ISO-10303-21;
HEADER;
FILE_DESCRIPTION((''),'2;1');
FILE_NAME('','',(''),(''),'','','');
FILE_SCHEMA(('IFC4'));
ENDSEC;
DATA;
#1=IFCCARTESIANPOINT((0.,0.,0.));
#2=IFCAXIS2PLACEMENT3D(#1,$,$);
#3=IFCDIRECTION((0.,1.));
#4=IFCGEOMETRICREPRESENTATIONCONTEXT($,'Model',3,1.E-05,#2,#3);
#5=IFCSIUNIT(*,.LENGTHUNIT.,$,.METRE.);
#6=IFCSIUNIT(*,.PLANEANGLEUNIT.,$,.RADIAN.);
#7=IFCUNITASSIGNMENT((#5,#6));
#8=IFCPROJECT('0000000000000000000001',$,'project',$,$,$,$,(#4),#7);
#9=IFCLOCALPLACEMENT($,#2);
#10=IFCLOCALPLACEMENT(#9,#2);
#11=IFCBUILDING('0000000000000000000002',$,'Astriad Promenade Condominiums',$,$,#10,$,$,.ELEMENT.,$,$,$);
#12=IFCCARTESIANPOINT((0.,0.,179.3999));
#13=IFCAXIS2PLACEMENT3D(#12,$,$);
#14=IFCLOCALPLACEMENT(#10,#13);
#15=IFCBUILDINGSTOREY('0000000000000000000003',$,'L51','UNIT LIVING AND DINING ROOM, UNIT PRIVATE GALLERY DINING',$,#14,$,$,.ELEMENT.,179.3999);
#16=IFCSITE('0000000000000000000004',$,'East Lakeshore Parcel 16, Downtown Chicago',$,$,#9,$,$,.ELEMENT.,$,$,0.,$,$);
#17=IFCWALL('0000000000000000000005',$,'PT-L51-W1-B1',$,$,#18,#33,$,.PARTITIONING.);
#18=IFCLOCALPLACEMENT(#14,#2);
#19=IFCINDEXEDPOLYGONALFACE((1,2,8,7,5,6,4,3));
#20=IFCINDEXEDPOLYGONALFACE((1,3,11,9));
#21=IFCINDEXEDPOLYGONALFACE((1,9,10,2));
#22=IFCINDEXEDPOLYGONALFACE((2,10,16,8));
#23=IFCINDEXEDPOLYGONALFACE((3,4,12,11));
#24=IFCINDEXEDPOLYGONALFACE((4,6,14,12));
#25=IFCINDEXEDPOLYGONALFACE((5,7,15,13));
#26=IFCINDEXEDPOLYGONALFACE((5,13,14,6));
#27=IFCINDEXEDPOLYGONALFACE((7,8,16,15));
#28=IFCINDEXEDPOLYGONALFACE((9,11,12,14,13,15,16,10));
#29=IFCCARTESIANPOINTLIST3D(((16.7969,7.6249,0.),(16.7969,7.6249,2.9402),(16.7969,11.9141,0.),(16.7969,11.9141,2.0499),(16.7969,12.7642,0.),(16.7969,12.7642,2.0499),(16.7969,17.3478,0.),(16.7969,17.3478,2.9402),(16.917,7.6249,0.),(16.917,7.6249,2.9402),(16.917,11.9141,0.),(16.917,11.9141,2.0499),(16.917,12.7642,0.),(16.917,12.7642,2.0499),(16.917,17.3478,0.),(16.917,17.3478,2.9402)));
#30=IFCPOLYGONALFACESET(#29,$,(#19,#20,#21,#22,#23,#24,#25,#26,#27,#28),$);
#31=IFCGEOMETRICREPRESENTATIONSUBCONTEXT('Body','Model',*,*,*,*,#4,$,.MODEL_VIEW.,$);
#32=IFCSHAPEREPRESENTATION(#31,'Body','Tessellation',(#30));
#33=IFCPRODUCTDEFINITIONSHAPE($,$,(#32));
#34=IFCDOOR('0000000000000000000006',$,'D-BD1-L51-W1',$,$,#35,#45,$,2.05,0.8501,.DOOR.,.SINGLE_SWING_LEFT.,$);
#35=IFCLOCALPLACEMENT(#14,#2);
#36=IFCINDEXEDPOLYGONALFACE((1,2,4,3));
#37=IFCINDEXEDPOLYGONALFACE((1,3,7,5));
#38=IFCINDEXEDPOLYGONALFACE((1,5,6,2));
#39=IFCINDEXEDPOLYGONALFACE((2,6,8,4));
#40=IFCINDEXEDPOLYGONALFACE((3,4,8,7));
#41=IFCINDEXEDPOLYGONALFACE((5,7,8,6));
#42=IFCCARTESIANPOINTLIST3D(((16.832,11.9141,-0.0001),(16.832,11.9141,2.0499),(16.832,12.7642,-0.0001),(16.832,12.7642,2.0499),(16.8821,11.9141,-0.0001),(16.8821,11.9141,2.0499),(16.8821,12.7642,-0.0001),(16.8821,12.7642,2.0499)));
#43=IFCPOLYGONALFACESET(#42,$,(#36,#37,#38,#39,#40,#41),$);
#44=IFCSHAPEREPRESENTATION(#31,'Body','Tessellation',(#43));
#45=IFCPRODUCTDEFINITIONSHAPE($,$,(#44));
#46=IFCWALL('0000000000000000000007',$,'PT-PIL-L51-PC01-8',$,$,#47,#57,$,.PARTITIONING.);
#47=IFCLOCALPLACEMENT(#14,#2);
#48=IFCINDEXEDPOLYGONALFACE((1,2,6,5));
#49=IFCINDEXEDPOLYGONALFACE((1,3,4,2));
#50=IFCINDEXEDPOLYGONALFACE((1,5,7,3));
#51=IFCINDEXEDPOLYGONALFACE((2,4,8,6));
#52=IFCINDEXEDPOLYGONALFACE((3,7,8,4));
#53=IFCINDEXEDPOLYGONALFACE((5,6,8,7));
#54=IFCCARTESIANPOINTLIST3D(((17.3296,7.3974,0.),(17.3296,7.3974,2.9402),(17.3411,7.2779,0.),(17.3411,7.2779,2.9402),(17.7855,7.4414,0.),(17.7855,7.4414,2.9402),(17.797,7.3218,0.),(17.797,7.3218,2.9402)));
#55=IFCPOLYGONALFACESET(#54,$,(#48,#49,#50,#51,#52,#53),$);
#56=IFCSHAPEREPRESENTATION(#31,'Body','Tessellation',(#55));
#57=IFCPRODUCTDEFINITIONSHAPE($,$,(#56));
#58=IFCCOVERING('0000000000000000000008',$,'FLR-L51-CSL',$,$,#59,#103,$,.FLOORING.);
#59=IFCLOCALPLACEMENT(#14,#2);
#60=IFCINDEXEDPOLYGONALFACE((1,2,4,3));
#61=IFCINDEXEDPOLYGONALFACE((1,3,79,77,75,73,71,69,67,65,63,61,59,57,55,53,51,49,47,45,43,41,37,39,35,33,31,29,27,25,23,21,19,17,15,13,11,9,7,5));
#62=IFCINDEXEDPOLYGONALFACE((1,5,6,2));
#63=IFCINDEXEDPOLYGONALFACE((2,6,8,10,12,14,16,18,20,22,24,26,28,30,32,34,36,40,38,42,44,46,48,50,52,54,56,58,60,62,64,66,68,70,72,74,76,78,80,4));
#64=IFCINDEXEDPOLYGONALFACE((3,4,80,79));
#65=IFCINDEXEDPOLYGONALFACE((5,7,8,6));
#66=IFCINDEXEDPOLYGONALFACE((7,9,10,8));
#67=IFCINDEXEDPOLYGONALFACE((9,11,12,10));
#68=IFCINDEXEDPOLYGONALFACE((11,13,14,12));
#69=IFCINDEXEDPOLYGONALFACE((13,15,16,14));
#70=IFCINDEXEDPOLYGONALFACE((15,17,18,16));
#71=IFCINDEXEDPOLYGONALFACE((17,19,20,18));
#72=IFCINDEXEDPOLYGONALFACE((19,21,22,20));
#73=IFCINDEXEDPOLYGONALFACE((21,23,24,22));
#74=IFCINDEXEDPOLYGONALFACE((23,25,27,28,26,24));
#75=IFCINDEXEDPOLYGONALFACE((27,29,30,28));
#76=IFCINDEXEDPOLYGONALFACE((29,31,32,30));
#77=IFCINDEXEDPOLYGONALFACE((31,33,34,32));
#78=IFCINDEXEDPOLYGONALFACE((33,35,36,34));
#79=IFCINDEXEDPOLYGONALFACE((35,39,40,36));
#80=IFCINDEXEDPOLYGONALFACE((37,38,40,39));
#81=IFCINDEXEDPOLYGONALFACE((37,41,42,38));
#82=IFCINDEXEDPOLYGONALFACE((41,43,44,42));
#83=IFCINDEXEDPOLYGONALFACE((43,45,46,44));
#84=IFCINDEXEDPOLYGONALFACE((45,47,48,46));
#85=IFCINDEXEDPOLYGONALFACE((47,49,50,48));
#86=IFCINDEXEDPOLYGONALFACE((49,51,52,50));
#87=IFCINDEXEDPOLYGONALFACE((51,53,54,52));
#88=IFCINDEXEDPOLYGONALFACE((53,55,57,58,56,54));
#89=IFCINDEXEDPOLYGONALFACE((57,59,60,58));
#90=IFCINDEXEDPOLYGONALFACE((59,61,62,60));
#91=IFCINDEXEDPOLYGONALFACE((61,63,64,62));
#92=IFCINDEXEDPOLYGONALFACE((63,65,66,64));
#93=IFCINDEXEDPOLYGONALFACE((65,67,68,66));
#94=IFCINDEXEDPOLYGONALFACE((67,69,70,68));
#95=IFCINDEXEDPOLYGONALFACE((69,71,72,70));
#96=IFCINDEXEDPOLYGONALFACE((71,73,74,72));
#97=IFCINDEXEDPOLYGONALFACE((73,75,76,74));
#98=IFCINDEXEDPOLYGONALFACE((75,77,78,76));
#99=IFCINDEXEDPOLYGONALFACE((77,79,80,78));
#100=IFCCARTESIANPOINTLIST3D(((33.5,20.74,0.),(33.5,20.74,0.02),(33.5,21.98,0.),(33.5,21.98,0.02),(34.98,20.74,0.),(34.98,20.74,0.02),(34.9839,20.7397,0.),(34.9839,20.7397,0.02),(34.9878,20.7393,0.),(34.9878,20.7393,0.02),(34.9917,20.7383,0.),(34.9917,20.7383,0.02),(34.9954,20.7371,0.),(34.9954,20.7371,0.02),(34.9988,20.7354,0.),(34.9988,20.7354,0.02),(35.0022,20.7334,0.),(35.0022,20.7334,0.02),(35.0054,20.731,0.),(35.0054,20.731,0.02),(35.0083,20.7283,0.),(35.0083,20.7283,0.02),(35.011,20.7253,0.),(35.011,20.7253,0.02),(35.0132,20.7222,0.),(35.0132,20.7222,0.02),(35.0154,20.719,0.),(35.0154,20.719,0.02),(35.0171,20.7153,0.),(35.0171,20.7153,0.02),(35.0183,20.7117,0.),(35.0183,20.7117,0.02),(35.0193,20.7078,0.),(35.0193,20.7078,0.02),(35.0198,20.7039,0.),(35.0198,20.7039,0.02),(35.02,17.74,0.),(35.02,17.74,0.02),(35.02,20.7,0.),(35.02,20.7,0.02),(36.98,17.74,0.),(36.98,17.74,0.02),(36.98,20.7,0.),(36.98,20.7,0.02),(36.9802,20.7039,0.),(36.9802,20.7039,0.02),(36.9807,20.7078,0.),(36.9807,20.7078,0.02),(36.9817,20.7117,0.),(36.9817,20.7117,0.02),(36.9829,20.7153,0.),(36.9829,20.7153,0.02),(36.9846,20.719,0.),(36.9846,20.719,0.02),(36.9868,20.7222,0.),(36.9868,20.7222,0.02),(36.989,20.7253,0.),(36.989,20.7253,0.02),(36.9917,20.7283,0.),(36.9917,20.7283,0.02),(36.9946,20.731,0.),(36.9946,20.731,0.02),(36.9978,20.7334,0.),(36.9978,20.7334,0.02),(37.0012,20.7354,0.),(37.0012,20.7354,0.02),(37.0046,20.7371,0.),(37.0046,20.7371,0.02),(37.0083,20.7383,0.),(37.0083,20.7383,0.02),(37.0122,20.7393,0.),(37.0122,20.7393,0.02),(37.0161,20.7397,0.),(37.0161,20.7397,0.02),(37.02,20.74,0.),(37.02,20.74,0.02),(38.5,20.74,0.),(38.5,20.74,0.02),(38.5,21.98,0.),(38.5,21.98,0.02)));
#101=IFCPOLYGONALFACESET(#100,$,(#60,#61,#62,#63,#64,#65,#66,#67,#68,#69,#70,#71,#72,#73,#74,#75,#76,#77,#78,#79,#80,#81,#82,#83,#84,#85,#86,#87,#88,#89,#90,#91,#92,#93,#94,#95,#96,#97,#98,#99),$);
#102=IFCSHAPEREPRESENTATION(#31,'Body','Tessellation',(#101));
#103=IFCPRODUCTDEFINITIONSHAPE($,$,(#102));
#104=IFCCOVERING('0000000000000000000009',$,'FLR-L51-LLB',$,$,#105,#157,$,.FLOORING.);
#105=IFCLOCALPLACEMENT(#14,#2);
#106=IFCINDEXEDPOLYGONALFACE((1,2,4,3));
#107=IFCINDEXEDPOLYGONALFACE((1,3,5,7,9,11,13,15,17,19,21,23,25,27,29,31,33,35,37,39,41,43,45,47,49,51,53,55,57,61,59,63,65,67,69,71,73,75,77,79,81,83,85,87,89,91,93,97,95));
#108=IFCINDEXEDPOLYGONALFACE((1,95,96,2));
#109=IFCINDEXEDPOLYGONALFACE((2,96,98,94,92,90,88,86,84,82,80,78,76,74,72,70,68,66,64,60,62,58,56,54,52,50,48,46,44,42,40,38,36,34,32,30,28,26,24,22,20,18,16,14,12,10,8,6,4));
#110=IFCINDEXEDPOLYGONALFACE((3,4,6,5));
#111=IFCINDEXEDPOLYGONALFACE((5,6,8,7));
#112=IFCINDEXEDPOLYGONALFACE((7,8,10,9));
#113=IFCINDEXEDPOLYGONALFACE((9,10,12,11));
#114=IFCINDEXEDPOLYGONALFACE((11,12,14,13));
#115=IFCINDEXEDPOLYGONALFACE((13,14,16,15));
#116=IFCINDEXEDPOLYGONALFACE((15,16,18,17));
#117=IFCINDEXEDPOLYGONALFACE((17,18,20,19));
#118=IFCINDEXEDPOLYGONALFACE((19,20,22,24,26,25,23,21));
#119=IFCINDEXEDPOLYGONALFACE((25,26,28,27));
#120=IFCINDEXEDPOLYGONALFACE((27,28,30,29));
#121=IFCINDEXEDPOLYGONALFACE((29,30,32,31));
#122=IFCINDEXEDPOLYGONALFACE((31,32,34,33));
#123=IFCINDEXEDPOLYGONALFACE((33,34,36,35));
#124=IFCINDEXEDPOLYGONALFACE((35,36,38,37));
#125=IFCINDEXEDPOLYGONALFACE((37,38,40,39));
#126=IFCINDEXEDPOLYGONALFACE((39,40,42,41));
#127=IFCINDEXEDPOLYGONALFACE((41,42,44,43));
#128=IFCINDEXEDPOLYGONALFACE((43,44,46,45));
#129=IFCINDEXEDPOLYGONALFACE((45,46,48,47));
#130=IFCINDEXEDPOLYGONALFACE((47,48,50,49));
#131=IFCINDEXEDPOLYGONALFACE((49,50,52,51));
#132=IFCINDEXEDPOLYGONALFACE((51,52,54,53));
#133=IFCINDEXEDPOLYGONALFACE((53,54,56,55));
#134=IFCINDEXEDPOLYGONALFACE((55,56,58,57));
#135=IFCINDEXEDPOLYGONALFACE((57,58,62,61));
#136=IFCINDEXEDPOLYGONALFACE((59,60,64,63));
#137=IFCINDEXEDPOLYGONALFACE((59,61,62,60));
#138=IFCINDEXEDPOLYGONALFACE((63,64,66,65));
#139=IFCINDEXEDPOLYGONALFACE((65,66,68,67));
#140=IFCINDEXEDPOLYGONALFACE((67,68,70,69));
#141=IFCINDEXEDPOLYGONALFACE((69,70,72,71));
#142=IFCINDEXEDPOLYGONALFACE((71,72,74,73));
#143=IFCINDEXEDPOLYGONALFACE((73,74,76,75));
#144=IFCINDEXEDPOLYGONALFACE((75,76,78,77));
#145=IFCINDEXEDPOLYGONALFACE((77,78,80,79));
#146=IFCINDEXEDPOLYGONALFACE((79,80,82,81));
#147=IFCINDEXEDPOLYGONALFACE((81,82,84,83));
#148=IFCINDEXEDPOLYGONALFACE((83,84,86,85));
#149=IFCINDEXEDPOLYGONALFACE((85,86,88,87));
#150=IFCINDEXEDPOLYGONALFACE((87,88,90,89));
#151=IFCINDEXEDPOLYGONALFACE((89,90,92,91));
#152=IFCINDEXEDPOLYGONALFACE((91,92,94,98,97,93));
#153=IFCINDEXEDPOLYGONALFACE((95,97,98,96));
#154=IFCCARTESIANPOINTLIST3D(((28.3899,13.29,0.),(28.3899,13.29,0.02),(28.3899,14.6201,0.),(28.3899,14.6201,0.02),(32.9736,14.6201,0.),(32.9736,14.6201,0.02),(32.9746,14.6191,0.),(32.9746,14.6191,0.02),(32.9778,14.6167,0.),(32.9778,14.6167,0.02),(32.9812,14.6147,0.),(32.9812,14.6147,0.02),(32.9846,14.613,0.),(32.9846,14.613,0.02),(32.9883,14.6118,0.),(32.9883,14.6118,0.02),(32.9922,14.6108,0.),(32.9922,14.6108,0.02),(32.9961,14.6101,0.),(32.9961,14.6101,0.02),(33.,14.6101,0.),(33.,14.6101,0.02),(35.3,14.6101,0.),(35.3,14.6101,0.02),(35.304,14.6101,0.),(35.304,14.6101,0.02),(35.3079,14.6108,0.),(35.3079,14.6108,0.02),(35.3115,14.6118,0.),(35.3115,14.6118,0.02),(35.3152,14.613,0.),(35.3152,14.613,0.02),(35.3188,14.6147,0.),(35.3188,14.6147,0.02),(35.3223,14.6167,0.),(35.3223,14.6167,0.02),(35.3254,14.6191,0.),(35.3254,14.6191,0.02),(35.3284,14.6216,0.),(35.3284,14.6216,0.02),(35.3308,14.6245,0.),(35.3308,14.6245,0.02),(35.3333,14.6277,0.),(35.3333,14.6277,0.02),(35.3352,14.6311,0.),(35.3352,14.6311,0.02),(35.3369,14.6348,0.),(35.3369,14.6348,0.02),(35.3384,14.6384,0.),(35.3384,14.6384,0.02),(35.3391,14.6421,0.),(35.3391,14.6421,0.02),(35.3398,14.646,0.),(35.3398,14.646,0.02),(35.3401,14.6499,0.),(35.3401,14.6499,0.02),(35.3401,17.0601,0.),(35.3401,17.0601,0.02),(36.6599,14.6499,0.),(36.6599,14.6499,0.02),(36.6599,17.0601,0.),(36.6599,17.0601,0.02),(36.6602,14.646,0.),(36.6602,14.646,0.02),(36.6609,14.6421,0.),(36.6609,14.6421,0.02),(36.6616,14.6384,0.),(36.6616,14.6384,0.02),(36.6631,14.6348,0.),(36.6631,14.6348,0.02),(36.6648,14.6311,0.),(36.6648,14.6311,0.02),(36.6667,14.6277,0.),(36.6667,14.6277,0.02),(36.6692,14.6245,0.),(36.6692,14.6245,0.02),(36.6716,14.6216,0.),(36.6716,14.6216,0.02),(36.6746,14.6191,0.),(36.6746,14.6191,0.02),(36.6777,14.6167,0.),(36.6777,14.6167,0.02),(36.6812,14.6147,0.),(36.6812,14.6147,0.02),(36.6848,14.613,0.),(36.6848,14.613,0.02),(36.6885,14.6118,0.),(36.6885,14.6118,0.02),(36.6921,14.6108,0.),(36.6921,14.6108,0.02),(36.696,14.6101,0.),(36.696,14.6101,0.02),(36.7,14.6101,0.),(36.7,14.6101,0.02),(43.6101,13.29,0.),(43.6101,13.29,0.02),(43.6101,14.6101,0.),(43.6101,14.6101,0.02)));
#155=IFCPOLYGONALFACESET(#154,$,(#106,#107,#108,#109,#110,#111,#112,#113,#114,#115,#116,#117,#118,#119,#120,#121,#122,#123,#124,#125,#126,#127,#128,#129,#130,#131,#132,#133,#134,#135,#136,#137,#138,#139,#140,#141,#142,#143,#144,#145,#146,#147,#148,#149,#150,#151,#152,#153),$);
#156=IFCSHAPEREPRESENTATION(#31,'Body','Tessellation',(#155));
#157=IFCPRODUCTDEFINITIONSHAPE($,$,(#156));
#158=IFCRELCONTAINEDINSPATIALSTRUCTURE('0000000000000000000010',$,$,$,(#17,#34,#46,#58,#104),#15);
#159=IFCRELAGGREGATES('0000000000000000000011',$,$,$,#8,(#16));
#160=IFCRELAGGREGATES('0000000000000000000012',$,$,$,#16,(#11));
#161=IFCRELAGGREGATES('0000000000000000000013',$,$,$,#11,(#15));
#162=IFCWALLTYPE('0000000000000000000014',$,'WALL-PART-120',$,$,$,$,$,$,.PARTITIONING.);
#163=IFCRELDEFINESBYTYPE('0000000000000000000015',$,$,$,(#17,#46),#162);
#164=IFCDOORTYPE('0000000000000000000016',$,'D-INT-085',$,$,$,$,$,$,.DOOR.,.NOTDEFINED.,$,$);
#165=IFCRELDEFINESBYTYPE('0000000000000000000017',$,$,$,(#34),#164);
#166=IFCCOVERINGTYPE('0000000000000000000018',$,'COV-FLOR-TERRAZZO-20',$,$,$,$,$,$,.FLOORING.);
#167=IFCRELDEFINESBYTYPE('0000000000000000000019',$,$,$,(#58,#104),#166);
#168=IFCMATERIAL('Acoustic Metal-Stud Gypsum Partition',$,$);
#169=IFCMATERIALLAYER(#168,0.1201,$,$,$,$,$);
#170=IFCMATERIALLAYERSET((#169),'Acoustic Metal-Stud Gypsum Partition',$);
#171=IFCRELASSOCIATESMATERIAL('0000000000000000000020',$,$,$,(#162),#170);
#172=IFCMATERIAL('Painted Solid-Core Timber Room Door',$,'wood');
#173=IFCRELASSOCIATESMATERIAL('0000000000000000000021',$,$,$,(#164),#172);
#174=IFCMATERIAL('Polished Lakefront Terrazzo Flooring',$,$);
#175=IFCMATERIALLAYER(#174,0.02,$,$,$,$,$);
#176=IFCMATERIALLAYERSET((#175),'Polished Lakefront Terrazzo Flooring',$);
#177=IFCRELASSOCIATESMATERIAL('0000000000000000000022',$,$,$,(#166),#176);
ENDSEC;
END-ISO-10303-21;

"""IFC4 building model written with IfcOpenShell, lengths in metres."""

from ifc_helpers import new_model, si_unit, direction, frame, frame_2d, origin, place, context, subcontext, project, spatial, polyline, rectangle, outline, extrude, source, transform, mapped, material, layer, layer_set, type_object, type_shapes, element, fill, save


model = new_model("IFC4")

# Units and contexts
model_context = context("Model", 3, precision=1e-05, world=origin(), true_north=direction((0.0, 1.0)))
body_context = subcontext(model_context, "Body", "Model", "MODEL_VIEW")
ifc_project = project(units=[si_unit("LENGTHUNIT", "METRE"), si_unit("PLANEANGLEUNIT", "RADIAN")], contexts=[model_context])

# Site, building, storey
site_placement = place(None, origin())
site = spatial("IfcSite", under=ifc_project, at=site_placement, Name="East Lakeshore Parcel 16, Downtown Chicago", CompositionType="ELEMENT", RefElevation=0.0)
building_placement = place(site_placement, origin())
building = spatial("IfcBuilding", under=site, at=building_placement, Name="Astriad Promenade Condominiums", CompositionType="ELEMENT")
storey_placement = place(building_placement, frame((0.0, 0.0, 179.3999)))
storey = spatial("IfcBuildingStorey", under=building, at=storey_placement, Name="L51", Description="UNIT LIVING AND DINING ROOM, UNIT PRIVATE GALLERY DINING", CompositionType="ELEMENT", Elevation=179.3999)

# Shared definitions
ifc_material_1 = material(Name="Acoustic Metal-Stud Gypsum Partition")
ifc_layer_1 = layer(ifc_material_1, 0.1201)
ifc_layer_set_1 = layer_set([ifc_layer_1], Name="Acoustic Metal-Stud Gypsum Partition")
wall_type_1 = type_object("IfcWallType", Name="WALL-PART-120", PredefinedType="PARTITIONING", material=ifc_layer_set_1)

# Shared definitions
ifc_material_2 = material(Name="Painted Solid-Core Timber Room Door", Category="wood")
door_type_1 = type_object("IfcDoorType", Name="D-INT-085", OperationType="NOTDEFINED", PredefinedType="DOOR", material=ifc_material_2)
shared_shape_1 = source(origin(), body_context, "Body", "SweptSolid", [
    extrude(rectangle(XDim=0.8501, YDim=2.05, at=frame_2d((0.425, 1.0249))), frame((0.0, 0.0249, 0.0), z_axis=(0.0, -1.0, 0.0), x_axis=(1.0, 0.0, 0.0)), (0.0, 0.0, 1.0), 0.05),
])
type_shapes(door_type_1, [shared_shape_1])

# Wall, opening, door
wall_1_placement = place(storey_placement, frame((16.8569, 7.625, 0.0), z_axis=(0.0, 0.0, 1.0), x_axis=(0.0, 1.0, 0.0)))
wall_1 = element("IfcWall", 1, at=wall_1_placement, inside=storey, type_object=wall_type_1, Name="PT-L51-W1-B1", PredefinedType="PARTITIONING", context=body_context, shape_type="SweptSolid", body=[
    extrude(rectangle(XDim=9.7229, YDim=0.1201, at=frame_2d((4.8613, 0.0))), origin(), (0.0, 0.0, 1.0), 2.9402),
])
opening_1_placement = place(wall_1_placement, frame((4.2891, 0.0, 0.0)))
opening_1 = element("IfcOpeningElement", 2, at=opening_1_placement, cuts=wall_1, PredefinedType="OPENING", context=body_context, shape_type="SweptSolid", body=[
    extrude(rectangle(XDim=0.8501, YDim=2.05, at=frame_2d((0.425, 1.0249))), frame((0.0, 0.0701, 0.0), z_axis=(0.0, -1.0, 0.0), x_axis=(1.0, 0.0, 0.0)), (0.0, 0.0, 1.0), 0.1401),
])
door_1_placement = place(opening_1_placement, origin())
door_1 = element("IfcDoor", 3, at=door_1_placement, inside=storey, type_object=door_type_1, Name="D-BD1-L51-W1", OperationType="SINGLE_SWING_LEFT", OverallHeight=2.05, OverallWidth=0.8501, PredefinedType="DOOR", context=body_context, shape_type="MappedRepresentation", body=[
    mapped(shared_shape_1, transform((0.0, 0.0, 0.0), scale=1.0)),
])
fill(opening_1, door_1)

# Wall
wall_2_placement = place(storey_placement, frame((17.7913, 7.3816, 0.0), z_axis=(0.0, 0.0, 1.0), x_axis=(-0.995385, -0.095966, 0.0)))
element("IfcWall", 4, at=wall_2_placement, inside=storey, type_object=wall_type_1, Name="PT-PIL-L51-PC01-8", PredefinedType="PARTITIONING", context=body_context, shape_type="SweptSolid", body=[
    extrude(rectangle(XDim=0.458, YDim=0.1201, at=frame_2d((0.229, 0.0))), origin(), (0.0, 0.0, 1.0), 2.9402),
])

# Coverings
ifc_material_3 = material(Name="Polished Lakefront Terrazzo Flooring")
ifc_layer_2 = layer(ifc_material_3, 0.02)
ifc_layer_set_2 = layer_set([ifc_layer_2], Name="Polished Lakefront Terrazzo Flooring")
covering_type = type_object("IfcCoveringType", Name="COV-FLOR-TERRAZZO-20", PredefinedType="FLOORING", material=ifc_layer_set_2)
covering_1_placement = place(storey_placement, origin())
element("IfcCovering", 5, at=covering_1_placement, inside=storey, type_object=covering_type, Name="FLR-L51-CSL", PredefinedType="FLOORING", context=body_context, shape_type="SweptSolid", body=[
    extrude(outline(polyline([(36.98, 20.7), (36.98, 17.74), (35.02, 17.74), (35.02, 20.7), (35.0198, 20.7039), (35.0193, 20.7078), (35.0183, 20.7117), (35.0171, 20.7153), (35.0154, 20.719), (35.0132, 20.7222), (35.011, 20.7253), (35.0083, 20.7283), (35.0054, 20.731), (35.0022, 20.7334), (34.9988, 20.7354), (34.9954, 20.7371), (34.9917, 20.7383), (34.9878, 20.7393), (34.9839, 20.7397), (34.98, 20.74), (33.5, 20.74), (33.5, 21.98), (38.5, 21.98), (38.5, 20.74), (37.02, 20.74), (37.0161, 20.7397), (37.0122, 20.7393), (37.0083, 20.7383), (37.0046, 20.7371), (37.0012, 20.7354), (36.9978, 20.7334), (36.9946, 20.731), (36.9917, 20.7283), (36.989, 20.7253), (36.9868, 20.7222), (36.9846, 20.719), (36.9829, 20.7153), (36.9817, 20.7117), (36.9807, 20.7078), (36.9802, 20.7039), (36.98, 20.7)])), origin(), (0.0, 0.0, 1.0), 0.02),
])
covering_2_placement = place(storey_placement, origin())
element("IfcCovering", 6, at=covering_2_placement, inside=storey, type_object=covering_type, Name="FLR-L51-LLB", PredefinedType="FLOORING", context=body_context, shape_type="SweptSolid", body=[
    extrude(outline(polyline([(32.9736, 14.6201), (32.9746, 14.6191), (32.9778, 14.6167), (32.9812, 14.6147), (32.9846, 14.613), (32.9883, 14.6118), (32.9922, 14.6108), (32.9961, 14.6101), (33.0, 14.6101), (35.3, 14.6101), (35.304, 14.6101), (35.3079, 14.6108), (35.3115, 14.6118), (35.3152, 14.613), (35.3188, 14.6147), (35.3223, 14.6167), (35.3254, 14.6191), (35.3284, 14.6216), (35.3308, 14.6245), (35.3333, 14.6277), (35.3352, 14.6311), (35.3369, 14.6348), (35.3384, 14.6384), (35.3391, 14.6421), (35.3398, 14.646), (35.3401, 14.6499), (35.3401, 17.0601), (36.6599, 17.0601), (36.6599, 14.6499), (36.6602, 14.646), (36.6609, 14.6421), (36.6616, 14.6384), (36.6631, 14.6348), (36.6648, 14.6311), (36.6667, 14.6277), (36.6692, 14.6245), (36.6716, 14.6216), (36.6746, 14.6191), (36.6777, 14.6167), (36.6812, 14.6147), (36.6848, 14.613), (36.6885, 14.6118), (36.6921, 14.6108), (36.696, 14.6101), (36.7, 14.6101), (43.6101, 14.6101), (43.6101, 13.29), (28.3899, 13.29), (28.3899, 14.6201), (32.9736, 14.6201)])), origin(), (0.0, 0.0, 1.0), 0.02),
])

save(model, "model.ifc")
